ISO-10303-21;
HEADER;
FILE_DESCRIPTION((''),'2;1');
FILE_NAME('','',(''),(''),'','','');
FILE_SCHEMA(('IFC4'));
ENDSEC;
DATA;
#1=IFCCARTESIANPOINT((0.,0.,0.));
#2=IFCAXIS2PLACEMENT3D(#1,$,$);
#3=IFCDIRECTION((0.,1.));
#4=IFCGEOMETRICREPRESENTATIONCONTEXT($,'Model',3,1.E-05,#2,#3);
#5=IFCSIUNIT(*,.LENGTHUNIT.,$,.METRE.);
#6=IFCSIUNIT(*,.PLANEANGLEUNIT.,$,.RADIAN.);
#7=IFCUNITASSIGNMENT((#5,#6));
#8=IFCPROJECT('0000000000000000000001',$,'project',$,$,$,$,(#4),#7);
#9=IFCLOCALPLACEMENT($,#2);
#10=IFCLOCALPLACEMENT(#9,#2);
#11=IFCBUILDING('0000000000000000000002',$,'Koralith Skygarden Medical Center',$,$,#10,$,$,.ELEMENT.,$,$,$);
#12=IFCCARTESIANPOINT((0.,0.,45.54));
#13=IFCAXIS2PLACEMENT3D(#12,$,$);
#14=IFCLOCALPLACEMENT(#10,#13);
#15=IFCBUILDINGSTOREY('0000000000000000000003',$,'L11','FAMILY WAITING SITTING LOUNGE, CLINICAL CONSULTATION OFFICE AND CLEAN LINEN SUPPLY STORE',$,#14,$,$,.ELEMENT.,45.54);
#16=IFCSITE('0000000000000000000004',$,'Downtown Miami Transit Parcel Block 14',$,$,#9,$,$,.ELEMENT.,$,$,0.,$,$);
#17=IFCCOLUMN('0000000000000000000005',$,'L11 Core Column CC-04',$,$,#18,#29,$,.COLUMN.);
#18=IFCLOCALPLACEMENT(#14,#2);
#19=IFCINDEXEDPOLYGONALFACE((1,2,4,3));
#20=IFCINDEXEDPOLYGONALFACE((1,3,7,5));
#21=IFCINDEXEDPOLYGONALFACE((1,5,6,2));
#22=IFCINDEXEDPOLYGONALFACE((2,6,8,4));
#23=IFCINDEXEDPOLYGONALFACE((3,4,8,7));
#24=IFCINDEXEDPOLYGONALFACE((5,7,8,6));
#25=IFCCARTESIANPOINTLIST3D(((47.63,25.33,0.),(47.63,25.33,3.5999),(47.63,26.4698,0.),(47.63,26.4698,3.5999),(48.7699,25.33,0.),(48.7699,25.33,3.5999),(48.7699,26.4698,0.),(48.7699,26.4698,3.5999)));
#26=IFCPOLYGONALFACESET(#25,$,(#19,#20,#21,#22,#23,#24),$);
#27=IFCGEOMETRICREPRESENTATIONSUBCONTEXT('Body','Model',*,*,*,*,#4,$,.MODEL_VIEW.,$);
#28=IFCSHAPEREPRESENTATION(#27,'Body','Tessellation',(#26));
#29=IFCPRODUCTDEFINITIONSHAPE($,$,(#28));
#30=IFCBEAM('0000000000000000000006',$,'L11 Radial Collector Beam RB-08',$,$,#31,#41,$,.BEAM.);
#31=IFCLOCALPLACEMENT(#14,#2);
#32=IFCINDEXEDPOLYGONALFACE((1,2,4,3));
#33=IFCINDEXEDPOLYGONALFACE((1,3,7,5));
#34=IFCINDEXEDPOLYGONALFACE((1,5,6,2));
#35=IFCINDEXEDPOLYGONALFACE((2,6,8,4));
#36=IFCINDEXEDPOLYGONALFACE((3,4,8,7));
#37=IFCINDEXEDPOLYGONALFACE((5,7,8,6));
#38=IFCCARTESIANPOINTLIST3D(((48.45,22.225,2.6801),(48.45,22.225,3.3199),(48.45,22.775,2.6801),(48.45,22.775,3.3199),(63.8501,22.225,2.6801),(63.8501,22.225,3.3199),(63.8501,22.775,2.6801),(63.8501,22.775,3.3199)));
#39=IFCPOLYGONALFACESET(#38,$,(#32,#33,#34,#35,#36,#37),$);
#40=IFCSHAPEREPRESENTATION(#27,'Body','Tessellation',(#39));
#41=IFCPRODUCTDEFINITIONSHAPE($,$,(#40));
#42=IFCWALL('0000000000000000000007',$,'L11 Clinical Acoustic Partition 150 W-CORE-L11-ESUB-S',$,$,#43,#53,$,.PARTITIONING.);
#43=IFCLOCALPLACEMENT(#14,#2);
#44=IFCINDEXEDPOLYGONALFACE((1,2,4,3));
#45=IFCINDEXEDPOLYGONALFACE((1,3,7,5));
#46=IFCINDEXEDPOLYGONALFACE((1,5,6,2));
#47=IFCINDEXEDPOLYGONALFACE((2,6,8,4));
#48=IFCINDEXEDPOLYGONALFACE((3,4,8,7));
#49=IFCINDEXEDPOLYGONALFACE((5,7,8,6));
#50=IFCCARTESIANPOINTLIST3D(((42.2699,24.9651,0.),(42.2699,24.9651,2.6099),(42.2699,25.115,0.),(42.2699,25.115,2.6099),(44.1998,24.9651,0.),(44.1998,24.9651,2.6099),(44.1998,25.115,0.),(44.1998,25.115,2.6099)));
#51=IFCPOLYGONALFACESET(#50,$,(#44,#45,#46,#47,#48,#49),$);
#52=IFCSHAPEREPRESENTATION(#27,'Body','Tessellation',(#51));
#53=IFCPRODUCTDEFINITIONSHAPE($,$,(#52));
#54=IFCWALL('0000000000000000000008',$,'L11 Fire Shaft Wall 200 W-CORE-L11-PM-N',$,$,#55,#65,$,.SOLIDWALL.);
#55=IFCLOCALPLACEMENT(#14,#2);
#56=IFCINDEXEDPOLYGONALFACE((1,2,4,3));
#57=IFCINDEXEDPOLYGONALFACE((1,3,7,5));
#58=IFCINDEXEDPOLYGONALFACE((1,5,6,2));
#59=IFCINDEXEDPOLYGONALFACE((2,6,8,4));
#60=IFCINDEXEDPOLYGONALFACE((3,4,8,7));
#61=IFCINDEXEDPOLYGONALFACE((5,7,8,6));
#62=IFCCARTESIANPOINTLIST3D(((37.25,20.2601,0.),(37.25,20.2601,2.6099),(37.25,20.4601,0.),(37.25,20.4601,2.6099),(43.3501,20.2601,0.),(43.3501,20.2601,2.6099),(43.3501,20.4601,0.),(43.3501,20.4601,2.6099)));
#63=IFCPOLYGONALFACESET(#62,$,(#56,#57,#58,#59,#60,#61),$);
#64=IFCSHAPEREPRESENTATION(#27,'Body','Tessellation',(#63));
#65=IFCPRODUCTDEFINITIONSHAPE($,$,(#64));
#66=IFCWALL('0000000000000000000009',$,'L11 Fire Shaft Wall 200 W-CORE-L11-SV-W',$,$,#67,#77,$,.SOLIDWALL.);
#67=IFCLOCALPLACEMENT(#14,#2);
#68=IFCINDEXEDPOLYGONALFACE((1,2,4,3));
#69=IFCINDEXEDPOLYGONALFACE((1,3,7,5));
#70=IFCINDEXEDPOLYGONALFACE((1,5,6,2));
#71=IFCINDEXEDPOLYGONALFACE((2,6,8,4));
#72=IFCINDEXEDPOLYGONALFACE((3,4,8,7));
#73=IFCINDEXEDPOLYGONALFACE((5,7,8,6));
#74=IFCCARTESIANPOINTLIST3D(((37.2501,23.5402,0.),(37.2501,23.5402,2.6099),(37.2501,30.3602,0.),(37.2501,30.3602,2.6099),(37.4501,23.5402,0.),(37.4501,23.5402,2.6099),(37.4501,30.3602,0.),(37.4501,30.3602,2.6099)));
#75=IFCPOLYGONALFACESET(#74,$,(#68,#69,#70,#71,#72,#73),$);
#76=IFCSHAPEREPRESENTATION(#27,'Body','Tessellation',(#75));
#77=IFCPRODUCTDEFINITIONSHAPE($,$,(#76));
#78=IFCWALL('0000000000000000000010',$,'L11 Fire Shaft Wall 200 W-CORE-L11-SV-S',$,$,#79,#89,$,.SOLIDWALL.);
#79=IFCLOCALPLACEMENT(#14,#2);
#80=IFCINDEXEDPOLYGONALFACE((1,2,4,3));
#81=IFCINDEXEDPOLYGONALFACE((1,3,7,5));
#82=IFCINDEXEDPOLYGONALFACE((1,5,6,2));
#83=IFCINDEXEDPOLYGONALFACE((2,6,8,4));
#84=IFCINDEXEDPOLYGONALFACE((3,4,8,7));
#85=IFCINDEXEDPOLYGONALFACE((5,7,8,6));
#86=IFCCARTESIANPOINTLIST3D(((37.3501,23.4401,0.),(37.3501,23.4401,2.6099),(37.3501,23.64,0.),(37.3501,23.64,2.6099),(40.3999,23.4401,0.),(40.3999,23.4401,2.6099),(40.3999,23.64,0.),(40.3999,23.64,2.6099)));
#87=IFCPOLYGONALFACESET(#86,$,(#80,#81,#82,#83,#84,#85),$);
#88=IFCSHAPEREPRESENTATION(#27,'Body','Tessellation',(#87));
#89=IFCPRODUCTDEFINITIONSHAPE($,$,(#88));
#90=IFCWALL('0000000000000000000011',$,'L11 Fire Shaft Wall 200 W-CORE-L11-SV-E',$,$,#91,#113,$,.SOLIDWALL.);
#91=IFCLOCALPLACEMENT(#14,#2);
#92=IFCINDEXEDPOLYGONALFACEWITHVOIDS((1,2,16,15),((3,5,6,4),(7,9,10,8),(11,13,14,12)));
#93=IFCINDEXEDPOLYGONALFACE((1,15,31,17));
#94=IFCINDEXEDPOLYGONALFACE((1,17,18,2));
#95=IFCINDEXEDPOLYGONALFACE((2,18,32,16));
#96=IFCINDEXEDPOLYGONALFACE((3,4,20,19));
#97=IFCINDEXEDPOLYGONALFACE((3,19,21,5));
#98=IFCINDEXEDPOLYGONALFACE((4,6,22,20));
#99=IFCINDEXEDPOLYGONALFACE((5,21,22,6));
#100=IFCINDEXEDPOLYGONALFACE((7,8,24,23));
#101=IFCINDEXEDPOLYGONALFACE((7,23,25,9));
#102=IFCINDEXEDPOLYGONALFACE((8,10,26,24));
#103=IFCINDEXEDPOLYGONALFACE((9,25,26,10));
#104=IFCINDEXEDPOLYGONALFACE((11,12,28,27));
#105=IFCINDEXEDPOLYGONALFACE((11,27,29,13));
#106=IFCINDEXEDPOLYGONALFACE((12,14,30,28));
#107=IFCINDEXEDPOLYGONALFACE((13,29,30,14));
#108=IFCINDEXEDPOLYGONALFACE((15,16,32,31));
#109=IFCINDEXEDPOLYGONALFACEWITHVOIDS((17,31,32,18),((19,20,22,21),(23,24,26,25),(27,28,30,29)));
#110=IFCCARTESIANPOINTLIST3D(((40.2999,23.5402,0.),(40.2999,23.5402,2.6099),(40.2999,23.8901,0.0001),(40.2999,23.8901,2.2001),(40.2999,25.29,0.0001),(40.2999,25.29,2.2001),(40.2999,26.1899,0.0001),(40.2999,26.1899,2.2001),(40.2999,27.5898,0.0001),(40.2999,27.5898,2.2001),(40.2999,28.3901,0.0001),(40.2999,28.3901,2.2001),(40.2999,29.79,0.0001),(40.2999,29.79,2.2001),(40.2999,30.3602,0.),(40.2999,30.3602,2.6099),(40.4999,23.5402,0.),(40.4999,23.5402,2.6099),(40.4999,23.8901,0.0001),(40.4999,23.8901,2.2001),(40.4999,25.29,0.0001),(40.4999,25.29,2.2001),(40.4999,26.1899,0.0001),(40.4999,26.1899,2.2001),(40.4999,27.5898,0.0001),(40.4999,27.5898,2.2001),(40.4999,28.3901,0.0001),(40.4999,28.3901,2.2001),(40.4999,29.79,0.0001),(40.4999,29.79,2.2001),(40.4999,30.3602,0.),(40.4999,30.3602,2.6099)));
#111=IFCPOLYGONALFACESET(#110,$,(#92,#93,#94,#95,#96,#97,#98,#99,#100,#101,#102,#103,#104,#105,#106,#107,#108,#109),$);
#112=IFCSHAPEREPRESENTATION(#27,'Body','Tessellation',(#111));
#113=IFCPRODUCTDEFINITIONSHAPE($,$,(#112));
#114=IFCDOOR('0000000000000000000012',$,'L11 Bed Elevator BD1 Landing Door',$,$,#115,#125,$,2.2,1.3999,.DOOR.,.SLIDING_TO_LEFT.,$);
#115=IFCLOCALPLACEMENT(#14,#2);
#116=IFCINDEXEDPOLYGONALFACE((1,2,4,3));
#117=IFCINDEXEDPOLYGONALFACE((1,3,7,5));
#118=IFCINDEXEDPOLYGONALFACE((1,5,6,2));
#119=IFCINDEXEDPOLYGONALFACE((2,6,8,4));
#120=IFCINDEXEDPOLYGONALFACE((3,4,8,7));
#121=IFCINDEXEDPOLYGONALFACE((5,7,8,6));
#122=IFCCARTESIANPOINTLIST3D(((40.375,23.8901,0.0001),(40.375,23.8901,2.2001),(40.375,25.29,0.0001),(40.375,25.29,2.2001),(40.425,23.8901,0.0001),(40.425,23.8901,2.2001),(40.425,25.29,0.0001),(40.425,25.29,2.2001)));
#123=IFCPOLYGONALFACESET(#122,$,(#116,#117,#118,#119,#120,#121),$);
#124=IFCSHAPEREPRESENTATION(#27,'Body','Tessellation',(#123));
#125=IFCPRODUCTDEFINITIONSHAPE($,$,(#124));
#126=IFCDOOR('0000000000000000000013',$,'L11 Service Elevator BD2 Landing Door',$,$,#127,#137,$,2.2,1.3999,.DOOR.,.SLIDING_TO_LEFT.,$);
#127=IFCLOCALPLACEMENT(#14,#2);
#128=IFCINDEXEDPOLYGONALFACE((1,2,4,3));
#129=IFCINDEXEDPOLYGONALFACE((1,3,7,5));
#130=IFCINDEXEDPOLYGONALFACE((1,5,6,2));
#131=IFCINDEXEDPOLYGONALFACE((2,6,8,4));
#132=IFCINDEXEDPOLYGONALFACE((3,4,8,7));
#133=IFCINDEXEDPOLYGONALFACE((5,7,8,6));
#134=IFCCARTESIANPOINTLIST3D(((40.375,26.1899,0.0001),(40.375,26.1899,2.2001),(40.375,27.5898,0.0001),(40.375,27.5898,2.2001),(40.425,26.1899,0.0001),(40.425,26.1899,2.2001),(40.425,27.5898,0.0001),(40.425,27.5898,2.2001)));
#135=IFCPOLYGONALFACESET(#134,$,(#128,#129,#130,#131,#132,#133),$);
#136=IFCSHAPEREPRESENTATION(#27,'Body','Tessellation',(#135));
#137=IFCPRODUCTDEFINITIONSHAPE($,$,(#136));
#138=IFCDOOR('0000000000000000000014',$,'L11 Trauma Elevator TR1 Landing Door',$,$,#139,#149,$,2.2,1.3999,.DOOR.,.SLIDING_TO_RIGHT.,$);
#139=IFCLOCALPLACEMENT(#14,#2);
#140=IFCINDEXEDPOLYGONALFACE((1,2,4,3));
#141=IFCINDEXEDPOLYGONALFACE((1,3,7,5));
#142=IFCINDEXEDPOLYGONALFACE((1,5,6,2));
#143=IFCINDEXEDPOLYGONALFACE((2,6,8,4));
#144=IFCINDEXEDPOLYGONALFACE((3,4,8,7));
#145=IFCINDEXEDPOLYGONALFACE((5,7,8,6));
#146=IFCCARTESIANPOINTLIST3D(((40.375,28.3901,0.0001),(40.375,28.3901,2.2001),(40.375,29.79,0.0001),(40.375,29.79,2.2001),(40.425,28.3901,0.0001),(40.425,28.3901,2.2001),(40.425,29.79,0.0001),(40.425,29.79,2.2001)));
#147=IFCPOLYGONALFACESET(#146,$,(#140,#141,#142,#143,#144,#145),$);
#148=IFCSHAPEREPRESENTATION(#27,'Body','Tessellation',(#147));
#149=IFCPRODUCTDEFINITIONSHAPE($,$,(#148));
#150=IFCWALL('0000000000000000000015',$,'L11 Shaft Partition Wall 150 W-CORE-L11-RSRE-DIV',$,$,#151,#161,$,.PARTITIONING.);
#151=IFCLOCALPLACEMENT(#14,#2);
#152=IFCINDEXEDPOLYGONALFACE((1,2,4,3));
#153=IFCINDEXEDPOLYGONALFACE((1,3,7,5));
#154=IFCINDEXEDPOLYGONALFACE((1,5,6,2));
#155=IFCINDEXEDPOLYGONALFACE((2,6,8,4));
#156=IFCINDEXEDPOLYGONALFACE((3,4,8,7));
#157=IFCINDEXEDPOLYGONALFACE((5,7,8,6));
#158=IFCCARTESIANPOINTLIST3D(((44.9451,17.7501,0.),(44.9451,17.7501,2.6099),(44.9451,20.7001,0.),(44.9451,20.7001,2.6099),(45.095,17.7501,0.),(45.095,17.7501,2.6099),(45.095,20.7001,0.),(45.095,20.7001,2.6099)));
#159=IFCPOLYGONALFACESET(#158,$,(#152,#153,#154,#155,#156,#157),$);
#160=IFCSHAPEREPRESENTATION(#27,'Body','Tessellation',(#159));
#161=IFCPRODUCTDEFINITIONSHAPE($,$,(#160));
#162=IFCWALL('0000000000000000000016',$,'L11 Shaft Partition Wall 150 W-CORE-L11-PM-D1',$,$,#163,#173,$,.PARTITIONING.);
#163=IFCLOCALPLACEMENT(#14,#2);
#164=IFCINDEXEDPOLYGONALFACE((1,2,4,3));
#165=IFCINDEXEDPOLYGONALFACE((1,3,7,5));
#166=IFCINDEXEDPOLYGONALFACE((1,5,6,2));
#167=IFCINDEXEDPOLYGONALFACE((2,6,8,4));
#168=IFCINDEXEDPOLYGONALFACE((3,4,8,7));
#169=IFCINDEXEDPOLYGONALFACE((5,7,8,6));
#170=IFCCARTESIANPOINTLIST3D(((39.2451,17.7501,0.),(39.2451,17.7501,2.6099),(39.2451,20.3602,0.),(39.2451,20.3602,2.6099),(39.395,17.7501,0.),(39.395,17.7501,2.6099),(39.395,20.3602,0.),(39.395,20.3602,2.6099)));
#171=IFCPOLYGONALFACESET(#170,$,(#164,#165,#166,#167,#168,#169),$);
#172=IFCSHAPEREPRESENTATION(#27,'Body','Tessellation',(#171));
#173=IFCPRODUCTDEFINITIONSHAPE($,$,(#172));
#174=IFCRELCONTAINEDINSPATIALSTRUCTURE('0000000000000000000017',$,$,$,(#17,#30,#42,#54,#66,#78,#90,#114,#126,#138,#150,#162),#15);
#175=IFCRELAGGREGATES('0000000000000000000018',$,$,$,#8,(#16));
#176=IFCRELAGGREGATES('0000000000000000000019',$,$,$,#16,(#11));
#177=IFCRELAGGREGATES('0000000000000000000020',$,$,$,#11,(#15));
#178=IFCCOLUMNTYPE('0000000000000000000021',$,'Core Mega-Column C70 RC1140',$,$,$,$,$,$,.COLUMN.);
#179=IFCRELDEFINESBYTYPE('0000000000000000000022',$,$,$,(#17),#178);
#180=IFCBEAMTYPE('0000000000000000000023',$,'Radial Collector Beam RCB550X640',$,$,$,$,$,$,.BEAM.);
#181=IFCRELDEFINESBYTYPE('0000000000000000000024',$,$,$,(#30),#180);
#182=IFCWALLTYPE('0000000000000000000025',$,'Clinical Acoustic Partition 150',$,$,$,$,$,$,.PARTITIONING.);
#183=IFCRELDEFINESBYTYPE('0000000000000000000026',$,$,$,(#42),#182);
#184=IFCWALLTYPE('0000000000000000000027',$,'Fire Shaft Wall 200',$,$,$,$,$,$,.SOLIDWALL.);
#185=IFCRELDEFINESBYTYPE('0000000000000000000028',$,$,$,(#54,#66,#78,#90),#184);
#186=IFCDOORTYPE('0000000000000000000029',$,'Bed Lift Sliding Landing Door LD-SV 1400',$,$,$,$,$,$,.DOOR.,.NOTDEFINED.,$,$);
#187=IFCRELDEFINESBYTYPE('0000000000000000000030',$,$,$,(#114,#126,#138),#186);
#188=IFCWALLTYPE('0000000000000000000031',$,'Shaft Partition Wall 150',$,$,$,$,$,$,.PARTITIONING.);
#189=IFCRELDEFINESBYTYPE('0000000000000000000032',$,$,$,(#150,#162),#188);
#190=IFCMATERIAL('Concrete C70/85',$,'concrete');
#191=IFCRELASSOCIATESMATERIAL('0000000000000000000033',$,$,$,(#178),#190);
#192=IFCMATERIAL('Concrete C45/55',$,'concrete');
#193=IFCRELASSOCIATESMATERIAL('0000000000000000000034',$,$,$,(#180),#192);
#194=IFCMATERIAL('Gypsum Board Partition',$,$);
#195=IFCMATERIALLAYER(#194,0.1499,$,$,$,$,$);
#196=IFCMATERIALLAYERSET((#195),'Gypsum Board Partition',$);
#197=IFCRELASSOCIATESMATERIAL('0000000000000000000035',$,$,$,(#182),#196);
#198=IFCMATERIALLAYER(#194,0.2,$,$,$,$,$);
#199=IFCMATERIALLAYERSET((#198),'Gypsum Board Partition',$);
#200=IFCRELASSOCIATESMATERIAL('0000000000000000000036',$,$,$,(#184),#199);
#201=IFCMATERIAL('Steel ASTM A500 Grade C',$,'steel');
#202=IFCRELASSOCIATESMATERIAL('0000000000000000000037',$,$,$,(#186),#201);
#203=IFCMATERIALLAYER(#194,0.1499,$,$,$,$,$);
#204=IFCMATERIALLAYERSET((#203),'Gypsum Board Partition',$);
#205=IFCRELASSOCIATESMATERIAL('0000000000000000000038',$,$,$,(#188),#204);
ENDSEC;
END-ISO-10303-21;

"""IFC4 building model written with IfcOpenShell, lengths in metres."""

from ifc_helpers import new_model, si_unit, direction, frame, frame_2d, origin, origin_2d, place, context, subcontext, project, spatial, rectangle, extrude, material, layer, layer_set, material_profile, profile_set, type_object, element, fill, save


model = new_model("IFC4")

# Units and contexts
model_context = context("Model", 3, precision=1e-05, world=origin(), true_north=direction((0.0, 1.0)))
body_context = subcontext(model_context, "Body", "Model", "MODEL_VIEW")
ifc_project = project(units=[si_unit("LENGTHUNIT", "METRE"), si_unit("PLANEANGLEUNIT", "RADIAN")], contexts=[model_context])

# Site, building, storey
site_placement = place(None, origin())
site = spatial("IfcSite", under=ifc_project, at=site_placement, Name="Downtown Miami Transit Parcel Block 14", CompositionType="ELEMENT", RefElevation=0.0)
building_placement = place(site_placement, origin())
building = spatial("IfcBuilding", under=site, at=building_placement, Name="Koralith Skygarden Medical Center", CompositionType="ELEMENT")
storey_placement = place(building_placement, frame((0.0, 0.0, 45.54)))
storey = spatial("IfcBuildingStorey", under=building, at=storey_placement, Name="L11", Description="FAMILY WAITING SITTING LOUNGE, CLINICAL CONSULTATION OFFICE AND CLEAN LINEN SUPPLY STORE", CompositionType="ELEMENT", Elevation=45.54)

# Column
ifc_material_1 = material(Name="Concrete C70/85", Category="concrete")
ifc_material_profile_1 = material_profile(ifc_material_1, rectangle(XDim=1.1399, YDim=1.1399, at=origin_2d()), Name="RC1140X1140")
ifc_profile_set_1 = profile_set([ifc_material_profile_1], Name="Concrete C70/85")
column_type = type_object("IfcColumnType", Name="Core Mega-Column C70 RC1140", PredefinedType="COLUMN", material=ifc_profile_set_1)
column_placement = place(storey_placement, frame((48.2, 25.8999, 0.0), z_axis=(0.0, 0.0, 1.0), x_axis=(1.0, 0.0, 0.0)))
element("IfcColumn", 1, at=column_placement, inside=storey, type_object=column_type, Name="L11 Core Column CC-04", PredefinedType="COLUMN", context=body_context, shape_type="SweptSolid", body=[
    extrude(rectangle(XDim=1.1399, YDim=1.1399, at=origin_2d()), origin(), (0.0, 0.0, 1.0), 3.5999),
])

# Beam
ifc_material_2 = material(Name="Concrete C45/55", Category="concrete")
ifc_material_profile_2 = material_profile(ifc_material_2, rectangle(XDim=0.55, YDim=0.6399, at=origin_2d()), Name="RCB550X640")
ifc_profile_set_2 = profile_set([ifc_material_profile_2], Name="Concrete C45/55")
beam_type = type_object("IfcBeamType", Name="Radial Collector Beam RCB550X640", PredefinedType="BEAM", material=ifc_profile_set_2)
beam_placement = place(storey_placement, frame((48.45, 22.5, 3.0), z_axis=(1.0, 0.0, 0.0), x_axis=(0.0, 1.0, 0.0)))
element("IfcBeam", 2, at=beam_placement, inside=storey, type_object=beam_type, Name="L11 Radial Collector Beam RB-08", PredefinedType="BEAM", context=body_context, shape_type="SweptSolid", body=[
    extrude(rectangle(XDim=0.55, YDim=0.6399, at=origin_2d()), origin(), (0.0, 0.0, 1.0), 15.4001),
])

# Shared definitions
ifc_material_3 = material(Name="Gypsum Board Partition")
ifc_layer_1 = layer(ifc_material_3, 0.1499)
ifc_layer_set_1 = layer_set([ifc_layer_1], Name="Gypsum Board Partition")
wall_type_1 = type_object("IfcWallType", Name="Clinical Acoustic Partition 150", PredefinedType="PARTITIONING", material=ifc_layer_set_1)

# Wall
wall_1_placement = place(storey_placement, frame((42.27, 25.04, 0.0), z_axis=(0.0, 0.0, 1.0), x_axis=(1.0, 0.0, 0.0)))
element("IfcWall", 3, at=wall_1_placement, inside=storey, type_object=wall_type_1, Name="L11 Clinical Acoustic Partition 150 W-CORE-L11-ESUB-S", PredefinedType="PARTITIONING", context=body_context, shape_type="SweptSolid", body=[
    extrude(rectangle(XDim=1.9299, YDim=0.1499, at=frame_2d((0.9648, 0.0))), origin(), (0.0, 0.0, 1.0), 2.6099),
])

# Shared definitions
ifc_layer_2 = layer(ifc_material_3, 0.2)
ifc_layer_set_2 = layer_set([ifc_layer_2], Name="Gypsum Board Partition")
wall_type_2 = type_object("IfcWallType", Name="Fire Shaft Wall 200", PredefinedType="SOLIDWALL", material=ifc_layer_set_2)
ifc_material_4 = material(Name="Steel ASTM A500 Grade C", Category="steel")

# Walls
wall_2_placement = place(storey_placement, frame((37.25, 20.3601, 0.0), z_axis=(0.0, 0.0, 1.0), x_axis=(1.0, 0.0, 0.0)))
element("IfcWall", 4, at=wall_2_placement, inside=storey, type_object=wall_type_2, Name="L11 Fire Shaft Wall 200 W-CORE-L11-PM-N", PredefinedType="SOLIDWALL", context=body_context, shape_type="SweptSolid", body=[
    extrude(rectangle(XDim=6.1001, YDim=0.2, at=frame_2d((3.05, 0.0))), origin(), (0.0, 0.0, 1.0), 2.6099),
])
wall_3_placement = place(storey_placement, frame((37.3501, 23.54, 0.0), z_axis=(0.0, 0.0, 1.0), x_axis=(0.0, 1.0, 0.0)))
element("IfcWall", 5, at=wall_3_placement, inside=storey, type_object=wall_type_2, Name="L11 Fire Shaft Wall 200 W-CORE-L11-SV-W", PredefinedType="SOLIDWALL", context=body_context, shape_type="SweptSolid", body=[
    extrude(rectangle(XDim=6.8201, YDim=0.2, at=frame_2d((3.4102, 0.0))), origin(), (0.0, 0.0, 1.0), 2.6099),
])
wall_4_placement = place(storey_placement, frame((37.3501, 23.54, 0.0), z_axis=(0.0, 0.0, 1.0), x_axis=(1.0, 0.0, 0.0)))
element("IfcWall", 6, at=wall_4_placement, inside=storey, type_object=wall_type_2, Name="L11 Fire Shaft Wall 200 W-CORE-L11-SV-S", PredefinedType="SOLIDWALL", context=body_context, shape_type="SweptSolid", body=[
    extrude(rectangle(XDim=3.0498, YDim=0.2, at=frame_2d((1.5249, 0.0))), origin(), (0.0, 0.0, 1.0), 2.6099),
])

# Wall, openings, doors
wall_5_placement = place(storey_placement, frame((40.3999, 23.54, 0.0), z_axis=(0.0, 0.0, 1.0), x_axis=(0.0, 1.0, 0.0)))
wall_5 = element("IfcWall", 7, at=wall_5_placement, inside=storey, type_object=wall_type_2, Name="L11 Fire Shaft Wall 200 W-CORE-L11-SV-E", PredefinedType="SOLIDWALL", context=body_context, shape_type="SweptSolid", body=[
    extrude(rectangle(XDim=6.8201, YDim=0.2, at=frame_2d((3.4102, 0.0))), origin(), (0.0, 0.0, 1.0), 2.6099),
])
opening_1_placement = place(wall_5_placement, frame((0.3501, 0.0, 0.0)))
opening_1 = element("IfcOpeningElement", 8, at=opening_1_placement, cuts=wall_5, PredefinedType="OPENING", context=body_context, shape_type="SweptSolid", body=[
    extrude(rectangle(XDim=1.3999, YDim=2.2, at=frame_2d((0.7, 1.1001))), frame((0.0, 0.1099, 0.0), z_axis=(0.0, -1.0, 0.0), x_axis=(1.0, 0.0, 0.0)), (0.0, 0.0, 1.0), 0.22),
])
opening_2_placement = place(wall_5_placement, frame((2.6499, 0.0, 0.0)))
opening_2 = element("IfcOpeningElement", 9, at=opening_2_placement, cuts=wall_5, PredefinedType="OPENING", context=body_context, shape_type="SweptSolid", body=[
    extrude(rectangle(XDim=1.3999, YDim=2.2, at=frame_2d((0.7, 1.1001))), frame((0.0, 0.1099, 0.0), z_axis=(0.0, -1.0, 0.0), x_axis=(1.0, 0.0, 0.0)), (0.0, 0.0, 1.0), 0.22),
])
opening_3_placement = place(wall_5_placement, frame((4.8501, 0.0, 0.0)))
opening_3 = element("IfcOpeningElement", 10, at=opening_3_placement, cuts=wall_5, PredefinedType="OPENING", context=body_context, shape_type="SweptSolid", body=[
    extrude(rectangle(XDim=1.3999, YDim=2.2, at=frame_2d((0.7, 1.1001))), frame((0.0, 0.1099, 0.0), z_axis=(0.0, -1.0, 0.0), x_axis=(1.0, 0.0, 0.0)), (0.0, 0.0, 1.0), 0.22),
])
door_type_1 = type_object("IfcDoorType", Name="Bed Lift Sliding Landing Door LD-SV 1400", OperationType="NOTDEFINED", PredefinedType="DOOR", material=ifc_material_4)
door_1_placement = place(opening_1_placement, origin())
door_1 = element("IfcDoor", 11, at=door_1_placement, inside=storey, type_object=door_type_1, Name="L11 Bed Elevator BD1 Landing Door", OperationType="SLIDING_TO_LEFT", OverallHeight=2.2, OverallWidth=1.3999, PredefinedType="DOOR", context=body_context, shape_type="SweptSolid", body=[
    extrude(rectangle(XDim=1.3999, YDim=2.2, at=frame_2d((0.7, 1.1001))), frame((0.0, 0.0249, 0.0), z_axis=(0.0, -1.0, 0.0), x_axis=(1.0, 0.0, 0.0)), (0.0, 0.0, 1.0), 0.05),
])
fill(opening_1, door_1)
door_2_placement = place(opening_2_placement, origin())
door_2 = element("IfcDoor", 12, at=door_2_placement, inside=storey, type_object=door_type_1, Name="L11 Service Elevator BD2 Landing Door", OperationType="SLIDING_TO_LEFT", OverallHeight=2.2, OverallWidth=1.3999, PredefinedType="DOOR", context=body_context, shape_type="SweptSolid", body=[
    extrude(rectangle(XDim=1.3999, YDim=2.2, at=frame_2d((0.7, 1.1001))), frame((0.0, 0.0249, 0.0), z_axis=(0.0, -1.0, 0.0), x_axis=(1.0, 0.0, 0.0)), (0.0, 0.0, 1.0), 0.05),
])
fill(opening_2, door_2)
door_3_placement = place(opening_3_placement, origin())
door_3 = element("IfcDoor", 13, at=door_3_placement, inside=storey, type_object=door_type_1, Name="L11 Trauma Elevator TR1 Landing Door", OperationType="SLIDING_TO_RIGHT", OverallHeight=2.2, OverallWidth=1.3999, PredefinedType="DOOR", context=body_context, shape_type="SweptSolid", body=[
    extrude(rectangle(XDim=1.3999, YDim=2.2, at=frame_2d((0.7, 1.1001))), frame((0.0, 0.0249, 0.0), z_axis=(0.0, -1.0, 0.0), x_axis=(1.0, 0.0, 0.0)), (0.0, 0.0, 1.0), 0.05),
])
fill(opening_3, door_3)

# Walls
ifc_layer_3 = layer(ifc_material_3, 0.1499)
ifc_layer_set_3 = layer_set([ifc_layer_3], Name="Gypsum Board Partition")
wall_type_3 = type_object("IfcWallType", Name="Shaft Partition Wall 150", PredefinedType="PARTITIONING", material=ifc_layer_set_3)
wall_6_placement = place(storey_placement, frame((45.02, 17.75, 0.0), z_axis=(0.0, 0.0, 1.0), x_axis=(0.0, 1.0, 0.0)))
element("IfcWall", 14, at=wall_6_placement, inside=storey, type_object=wall_type_3, Name="L11 Shaft Partition Wall 150 W-CORE-L11-RSRE-DIV", PredefinedType="PARTITIONING", context=body_context, shape_type="SweptSolid", body=[
    extrude(rectangle(XDim=2.95, YDim=0.1499, at=frame_2d((1.4751, 0.0))), origin(), (0.0, 0.0, 1.0), 2.6099),
])
for number, where, z_axis, x_axis, name in (
    (15, (39.3201, 17.75, 0.0), (0.0, 0.0, 1.0), (0.0, 1.0, 0.0), "L11 Shaft Partition Wall 150 W-CORE-L11-PM-D1"),
):
    element("IfcWall", number, at=place(storey_placement, frame(where, z_axis=z_axis, x_axis=x_axis)), inside=storey, type_object=wall_type_3, Name=name, PredefinedType="PARTITIONING", context=body_context, shape_type="SweptSolid", body=[
        extrude(rectangle(XDim=2.6101, YDim=0.1499, at=frame_2d((1.3052, 0.0))), origin(), (0.0, 0.0, 1.0), 2.6099),
    ])

save(model, "model.ifc")
